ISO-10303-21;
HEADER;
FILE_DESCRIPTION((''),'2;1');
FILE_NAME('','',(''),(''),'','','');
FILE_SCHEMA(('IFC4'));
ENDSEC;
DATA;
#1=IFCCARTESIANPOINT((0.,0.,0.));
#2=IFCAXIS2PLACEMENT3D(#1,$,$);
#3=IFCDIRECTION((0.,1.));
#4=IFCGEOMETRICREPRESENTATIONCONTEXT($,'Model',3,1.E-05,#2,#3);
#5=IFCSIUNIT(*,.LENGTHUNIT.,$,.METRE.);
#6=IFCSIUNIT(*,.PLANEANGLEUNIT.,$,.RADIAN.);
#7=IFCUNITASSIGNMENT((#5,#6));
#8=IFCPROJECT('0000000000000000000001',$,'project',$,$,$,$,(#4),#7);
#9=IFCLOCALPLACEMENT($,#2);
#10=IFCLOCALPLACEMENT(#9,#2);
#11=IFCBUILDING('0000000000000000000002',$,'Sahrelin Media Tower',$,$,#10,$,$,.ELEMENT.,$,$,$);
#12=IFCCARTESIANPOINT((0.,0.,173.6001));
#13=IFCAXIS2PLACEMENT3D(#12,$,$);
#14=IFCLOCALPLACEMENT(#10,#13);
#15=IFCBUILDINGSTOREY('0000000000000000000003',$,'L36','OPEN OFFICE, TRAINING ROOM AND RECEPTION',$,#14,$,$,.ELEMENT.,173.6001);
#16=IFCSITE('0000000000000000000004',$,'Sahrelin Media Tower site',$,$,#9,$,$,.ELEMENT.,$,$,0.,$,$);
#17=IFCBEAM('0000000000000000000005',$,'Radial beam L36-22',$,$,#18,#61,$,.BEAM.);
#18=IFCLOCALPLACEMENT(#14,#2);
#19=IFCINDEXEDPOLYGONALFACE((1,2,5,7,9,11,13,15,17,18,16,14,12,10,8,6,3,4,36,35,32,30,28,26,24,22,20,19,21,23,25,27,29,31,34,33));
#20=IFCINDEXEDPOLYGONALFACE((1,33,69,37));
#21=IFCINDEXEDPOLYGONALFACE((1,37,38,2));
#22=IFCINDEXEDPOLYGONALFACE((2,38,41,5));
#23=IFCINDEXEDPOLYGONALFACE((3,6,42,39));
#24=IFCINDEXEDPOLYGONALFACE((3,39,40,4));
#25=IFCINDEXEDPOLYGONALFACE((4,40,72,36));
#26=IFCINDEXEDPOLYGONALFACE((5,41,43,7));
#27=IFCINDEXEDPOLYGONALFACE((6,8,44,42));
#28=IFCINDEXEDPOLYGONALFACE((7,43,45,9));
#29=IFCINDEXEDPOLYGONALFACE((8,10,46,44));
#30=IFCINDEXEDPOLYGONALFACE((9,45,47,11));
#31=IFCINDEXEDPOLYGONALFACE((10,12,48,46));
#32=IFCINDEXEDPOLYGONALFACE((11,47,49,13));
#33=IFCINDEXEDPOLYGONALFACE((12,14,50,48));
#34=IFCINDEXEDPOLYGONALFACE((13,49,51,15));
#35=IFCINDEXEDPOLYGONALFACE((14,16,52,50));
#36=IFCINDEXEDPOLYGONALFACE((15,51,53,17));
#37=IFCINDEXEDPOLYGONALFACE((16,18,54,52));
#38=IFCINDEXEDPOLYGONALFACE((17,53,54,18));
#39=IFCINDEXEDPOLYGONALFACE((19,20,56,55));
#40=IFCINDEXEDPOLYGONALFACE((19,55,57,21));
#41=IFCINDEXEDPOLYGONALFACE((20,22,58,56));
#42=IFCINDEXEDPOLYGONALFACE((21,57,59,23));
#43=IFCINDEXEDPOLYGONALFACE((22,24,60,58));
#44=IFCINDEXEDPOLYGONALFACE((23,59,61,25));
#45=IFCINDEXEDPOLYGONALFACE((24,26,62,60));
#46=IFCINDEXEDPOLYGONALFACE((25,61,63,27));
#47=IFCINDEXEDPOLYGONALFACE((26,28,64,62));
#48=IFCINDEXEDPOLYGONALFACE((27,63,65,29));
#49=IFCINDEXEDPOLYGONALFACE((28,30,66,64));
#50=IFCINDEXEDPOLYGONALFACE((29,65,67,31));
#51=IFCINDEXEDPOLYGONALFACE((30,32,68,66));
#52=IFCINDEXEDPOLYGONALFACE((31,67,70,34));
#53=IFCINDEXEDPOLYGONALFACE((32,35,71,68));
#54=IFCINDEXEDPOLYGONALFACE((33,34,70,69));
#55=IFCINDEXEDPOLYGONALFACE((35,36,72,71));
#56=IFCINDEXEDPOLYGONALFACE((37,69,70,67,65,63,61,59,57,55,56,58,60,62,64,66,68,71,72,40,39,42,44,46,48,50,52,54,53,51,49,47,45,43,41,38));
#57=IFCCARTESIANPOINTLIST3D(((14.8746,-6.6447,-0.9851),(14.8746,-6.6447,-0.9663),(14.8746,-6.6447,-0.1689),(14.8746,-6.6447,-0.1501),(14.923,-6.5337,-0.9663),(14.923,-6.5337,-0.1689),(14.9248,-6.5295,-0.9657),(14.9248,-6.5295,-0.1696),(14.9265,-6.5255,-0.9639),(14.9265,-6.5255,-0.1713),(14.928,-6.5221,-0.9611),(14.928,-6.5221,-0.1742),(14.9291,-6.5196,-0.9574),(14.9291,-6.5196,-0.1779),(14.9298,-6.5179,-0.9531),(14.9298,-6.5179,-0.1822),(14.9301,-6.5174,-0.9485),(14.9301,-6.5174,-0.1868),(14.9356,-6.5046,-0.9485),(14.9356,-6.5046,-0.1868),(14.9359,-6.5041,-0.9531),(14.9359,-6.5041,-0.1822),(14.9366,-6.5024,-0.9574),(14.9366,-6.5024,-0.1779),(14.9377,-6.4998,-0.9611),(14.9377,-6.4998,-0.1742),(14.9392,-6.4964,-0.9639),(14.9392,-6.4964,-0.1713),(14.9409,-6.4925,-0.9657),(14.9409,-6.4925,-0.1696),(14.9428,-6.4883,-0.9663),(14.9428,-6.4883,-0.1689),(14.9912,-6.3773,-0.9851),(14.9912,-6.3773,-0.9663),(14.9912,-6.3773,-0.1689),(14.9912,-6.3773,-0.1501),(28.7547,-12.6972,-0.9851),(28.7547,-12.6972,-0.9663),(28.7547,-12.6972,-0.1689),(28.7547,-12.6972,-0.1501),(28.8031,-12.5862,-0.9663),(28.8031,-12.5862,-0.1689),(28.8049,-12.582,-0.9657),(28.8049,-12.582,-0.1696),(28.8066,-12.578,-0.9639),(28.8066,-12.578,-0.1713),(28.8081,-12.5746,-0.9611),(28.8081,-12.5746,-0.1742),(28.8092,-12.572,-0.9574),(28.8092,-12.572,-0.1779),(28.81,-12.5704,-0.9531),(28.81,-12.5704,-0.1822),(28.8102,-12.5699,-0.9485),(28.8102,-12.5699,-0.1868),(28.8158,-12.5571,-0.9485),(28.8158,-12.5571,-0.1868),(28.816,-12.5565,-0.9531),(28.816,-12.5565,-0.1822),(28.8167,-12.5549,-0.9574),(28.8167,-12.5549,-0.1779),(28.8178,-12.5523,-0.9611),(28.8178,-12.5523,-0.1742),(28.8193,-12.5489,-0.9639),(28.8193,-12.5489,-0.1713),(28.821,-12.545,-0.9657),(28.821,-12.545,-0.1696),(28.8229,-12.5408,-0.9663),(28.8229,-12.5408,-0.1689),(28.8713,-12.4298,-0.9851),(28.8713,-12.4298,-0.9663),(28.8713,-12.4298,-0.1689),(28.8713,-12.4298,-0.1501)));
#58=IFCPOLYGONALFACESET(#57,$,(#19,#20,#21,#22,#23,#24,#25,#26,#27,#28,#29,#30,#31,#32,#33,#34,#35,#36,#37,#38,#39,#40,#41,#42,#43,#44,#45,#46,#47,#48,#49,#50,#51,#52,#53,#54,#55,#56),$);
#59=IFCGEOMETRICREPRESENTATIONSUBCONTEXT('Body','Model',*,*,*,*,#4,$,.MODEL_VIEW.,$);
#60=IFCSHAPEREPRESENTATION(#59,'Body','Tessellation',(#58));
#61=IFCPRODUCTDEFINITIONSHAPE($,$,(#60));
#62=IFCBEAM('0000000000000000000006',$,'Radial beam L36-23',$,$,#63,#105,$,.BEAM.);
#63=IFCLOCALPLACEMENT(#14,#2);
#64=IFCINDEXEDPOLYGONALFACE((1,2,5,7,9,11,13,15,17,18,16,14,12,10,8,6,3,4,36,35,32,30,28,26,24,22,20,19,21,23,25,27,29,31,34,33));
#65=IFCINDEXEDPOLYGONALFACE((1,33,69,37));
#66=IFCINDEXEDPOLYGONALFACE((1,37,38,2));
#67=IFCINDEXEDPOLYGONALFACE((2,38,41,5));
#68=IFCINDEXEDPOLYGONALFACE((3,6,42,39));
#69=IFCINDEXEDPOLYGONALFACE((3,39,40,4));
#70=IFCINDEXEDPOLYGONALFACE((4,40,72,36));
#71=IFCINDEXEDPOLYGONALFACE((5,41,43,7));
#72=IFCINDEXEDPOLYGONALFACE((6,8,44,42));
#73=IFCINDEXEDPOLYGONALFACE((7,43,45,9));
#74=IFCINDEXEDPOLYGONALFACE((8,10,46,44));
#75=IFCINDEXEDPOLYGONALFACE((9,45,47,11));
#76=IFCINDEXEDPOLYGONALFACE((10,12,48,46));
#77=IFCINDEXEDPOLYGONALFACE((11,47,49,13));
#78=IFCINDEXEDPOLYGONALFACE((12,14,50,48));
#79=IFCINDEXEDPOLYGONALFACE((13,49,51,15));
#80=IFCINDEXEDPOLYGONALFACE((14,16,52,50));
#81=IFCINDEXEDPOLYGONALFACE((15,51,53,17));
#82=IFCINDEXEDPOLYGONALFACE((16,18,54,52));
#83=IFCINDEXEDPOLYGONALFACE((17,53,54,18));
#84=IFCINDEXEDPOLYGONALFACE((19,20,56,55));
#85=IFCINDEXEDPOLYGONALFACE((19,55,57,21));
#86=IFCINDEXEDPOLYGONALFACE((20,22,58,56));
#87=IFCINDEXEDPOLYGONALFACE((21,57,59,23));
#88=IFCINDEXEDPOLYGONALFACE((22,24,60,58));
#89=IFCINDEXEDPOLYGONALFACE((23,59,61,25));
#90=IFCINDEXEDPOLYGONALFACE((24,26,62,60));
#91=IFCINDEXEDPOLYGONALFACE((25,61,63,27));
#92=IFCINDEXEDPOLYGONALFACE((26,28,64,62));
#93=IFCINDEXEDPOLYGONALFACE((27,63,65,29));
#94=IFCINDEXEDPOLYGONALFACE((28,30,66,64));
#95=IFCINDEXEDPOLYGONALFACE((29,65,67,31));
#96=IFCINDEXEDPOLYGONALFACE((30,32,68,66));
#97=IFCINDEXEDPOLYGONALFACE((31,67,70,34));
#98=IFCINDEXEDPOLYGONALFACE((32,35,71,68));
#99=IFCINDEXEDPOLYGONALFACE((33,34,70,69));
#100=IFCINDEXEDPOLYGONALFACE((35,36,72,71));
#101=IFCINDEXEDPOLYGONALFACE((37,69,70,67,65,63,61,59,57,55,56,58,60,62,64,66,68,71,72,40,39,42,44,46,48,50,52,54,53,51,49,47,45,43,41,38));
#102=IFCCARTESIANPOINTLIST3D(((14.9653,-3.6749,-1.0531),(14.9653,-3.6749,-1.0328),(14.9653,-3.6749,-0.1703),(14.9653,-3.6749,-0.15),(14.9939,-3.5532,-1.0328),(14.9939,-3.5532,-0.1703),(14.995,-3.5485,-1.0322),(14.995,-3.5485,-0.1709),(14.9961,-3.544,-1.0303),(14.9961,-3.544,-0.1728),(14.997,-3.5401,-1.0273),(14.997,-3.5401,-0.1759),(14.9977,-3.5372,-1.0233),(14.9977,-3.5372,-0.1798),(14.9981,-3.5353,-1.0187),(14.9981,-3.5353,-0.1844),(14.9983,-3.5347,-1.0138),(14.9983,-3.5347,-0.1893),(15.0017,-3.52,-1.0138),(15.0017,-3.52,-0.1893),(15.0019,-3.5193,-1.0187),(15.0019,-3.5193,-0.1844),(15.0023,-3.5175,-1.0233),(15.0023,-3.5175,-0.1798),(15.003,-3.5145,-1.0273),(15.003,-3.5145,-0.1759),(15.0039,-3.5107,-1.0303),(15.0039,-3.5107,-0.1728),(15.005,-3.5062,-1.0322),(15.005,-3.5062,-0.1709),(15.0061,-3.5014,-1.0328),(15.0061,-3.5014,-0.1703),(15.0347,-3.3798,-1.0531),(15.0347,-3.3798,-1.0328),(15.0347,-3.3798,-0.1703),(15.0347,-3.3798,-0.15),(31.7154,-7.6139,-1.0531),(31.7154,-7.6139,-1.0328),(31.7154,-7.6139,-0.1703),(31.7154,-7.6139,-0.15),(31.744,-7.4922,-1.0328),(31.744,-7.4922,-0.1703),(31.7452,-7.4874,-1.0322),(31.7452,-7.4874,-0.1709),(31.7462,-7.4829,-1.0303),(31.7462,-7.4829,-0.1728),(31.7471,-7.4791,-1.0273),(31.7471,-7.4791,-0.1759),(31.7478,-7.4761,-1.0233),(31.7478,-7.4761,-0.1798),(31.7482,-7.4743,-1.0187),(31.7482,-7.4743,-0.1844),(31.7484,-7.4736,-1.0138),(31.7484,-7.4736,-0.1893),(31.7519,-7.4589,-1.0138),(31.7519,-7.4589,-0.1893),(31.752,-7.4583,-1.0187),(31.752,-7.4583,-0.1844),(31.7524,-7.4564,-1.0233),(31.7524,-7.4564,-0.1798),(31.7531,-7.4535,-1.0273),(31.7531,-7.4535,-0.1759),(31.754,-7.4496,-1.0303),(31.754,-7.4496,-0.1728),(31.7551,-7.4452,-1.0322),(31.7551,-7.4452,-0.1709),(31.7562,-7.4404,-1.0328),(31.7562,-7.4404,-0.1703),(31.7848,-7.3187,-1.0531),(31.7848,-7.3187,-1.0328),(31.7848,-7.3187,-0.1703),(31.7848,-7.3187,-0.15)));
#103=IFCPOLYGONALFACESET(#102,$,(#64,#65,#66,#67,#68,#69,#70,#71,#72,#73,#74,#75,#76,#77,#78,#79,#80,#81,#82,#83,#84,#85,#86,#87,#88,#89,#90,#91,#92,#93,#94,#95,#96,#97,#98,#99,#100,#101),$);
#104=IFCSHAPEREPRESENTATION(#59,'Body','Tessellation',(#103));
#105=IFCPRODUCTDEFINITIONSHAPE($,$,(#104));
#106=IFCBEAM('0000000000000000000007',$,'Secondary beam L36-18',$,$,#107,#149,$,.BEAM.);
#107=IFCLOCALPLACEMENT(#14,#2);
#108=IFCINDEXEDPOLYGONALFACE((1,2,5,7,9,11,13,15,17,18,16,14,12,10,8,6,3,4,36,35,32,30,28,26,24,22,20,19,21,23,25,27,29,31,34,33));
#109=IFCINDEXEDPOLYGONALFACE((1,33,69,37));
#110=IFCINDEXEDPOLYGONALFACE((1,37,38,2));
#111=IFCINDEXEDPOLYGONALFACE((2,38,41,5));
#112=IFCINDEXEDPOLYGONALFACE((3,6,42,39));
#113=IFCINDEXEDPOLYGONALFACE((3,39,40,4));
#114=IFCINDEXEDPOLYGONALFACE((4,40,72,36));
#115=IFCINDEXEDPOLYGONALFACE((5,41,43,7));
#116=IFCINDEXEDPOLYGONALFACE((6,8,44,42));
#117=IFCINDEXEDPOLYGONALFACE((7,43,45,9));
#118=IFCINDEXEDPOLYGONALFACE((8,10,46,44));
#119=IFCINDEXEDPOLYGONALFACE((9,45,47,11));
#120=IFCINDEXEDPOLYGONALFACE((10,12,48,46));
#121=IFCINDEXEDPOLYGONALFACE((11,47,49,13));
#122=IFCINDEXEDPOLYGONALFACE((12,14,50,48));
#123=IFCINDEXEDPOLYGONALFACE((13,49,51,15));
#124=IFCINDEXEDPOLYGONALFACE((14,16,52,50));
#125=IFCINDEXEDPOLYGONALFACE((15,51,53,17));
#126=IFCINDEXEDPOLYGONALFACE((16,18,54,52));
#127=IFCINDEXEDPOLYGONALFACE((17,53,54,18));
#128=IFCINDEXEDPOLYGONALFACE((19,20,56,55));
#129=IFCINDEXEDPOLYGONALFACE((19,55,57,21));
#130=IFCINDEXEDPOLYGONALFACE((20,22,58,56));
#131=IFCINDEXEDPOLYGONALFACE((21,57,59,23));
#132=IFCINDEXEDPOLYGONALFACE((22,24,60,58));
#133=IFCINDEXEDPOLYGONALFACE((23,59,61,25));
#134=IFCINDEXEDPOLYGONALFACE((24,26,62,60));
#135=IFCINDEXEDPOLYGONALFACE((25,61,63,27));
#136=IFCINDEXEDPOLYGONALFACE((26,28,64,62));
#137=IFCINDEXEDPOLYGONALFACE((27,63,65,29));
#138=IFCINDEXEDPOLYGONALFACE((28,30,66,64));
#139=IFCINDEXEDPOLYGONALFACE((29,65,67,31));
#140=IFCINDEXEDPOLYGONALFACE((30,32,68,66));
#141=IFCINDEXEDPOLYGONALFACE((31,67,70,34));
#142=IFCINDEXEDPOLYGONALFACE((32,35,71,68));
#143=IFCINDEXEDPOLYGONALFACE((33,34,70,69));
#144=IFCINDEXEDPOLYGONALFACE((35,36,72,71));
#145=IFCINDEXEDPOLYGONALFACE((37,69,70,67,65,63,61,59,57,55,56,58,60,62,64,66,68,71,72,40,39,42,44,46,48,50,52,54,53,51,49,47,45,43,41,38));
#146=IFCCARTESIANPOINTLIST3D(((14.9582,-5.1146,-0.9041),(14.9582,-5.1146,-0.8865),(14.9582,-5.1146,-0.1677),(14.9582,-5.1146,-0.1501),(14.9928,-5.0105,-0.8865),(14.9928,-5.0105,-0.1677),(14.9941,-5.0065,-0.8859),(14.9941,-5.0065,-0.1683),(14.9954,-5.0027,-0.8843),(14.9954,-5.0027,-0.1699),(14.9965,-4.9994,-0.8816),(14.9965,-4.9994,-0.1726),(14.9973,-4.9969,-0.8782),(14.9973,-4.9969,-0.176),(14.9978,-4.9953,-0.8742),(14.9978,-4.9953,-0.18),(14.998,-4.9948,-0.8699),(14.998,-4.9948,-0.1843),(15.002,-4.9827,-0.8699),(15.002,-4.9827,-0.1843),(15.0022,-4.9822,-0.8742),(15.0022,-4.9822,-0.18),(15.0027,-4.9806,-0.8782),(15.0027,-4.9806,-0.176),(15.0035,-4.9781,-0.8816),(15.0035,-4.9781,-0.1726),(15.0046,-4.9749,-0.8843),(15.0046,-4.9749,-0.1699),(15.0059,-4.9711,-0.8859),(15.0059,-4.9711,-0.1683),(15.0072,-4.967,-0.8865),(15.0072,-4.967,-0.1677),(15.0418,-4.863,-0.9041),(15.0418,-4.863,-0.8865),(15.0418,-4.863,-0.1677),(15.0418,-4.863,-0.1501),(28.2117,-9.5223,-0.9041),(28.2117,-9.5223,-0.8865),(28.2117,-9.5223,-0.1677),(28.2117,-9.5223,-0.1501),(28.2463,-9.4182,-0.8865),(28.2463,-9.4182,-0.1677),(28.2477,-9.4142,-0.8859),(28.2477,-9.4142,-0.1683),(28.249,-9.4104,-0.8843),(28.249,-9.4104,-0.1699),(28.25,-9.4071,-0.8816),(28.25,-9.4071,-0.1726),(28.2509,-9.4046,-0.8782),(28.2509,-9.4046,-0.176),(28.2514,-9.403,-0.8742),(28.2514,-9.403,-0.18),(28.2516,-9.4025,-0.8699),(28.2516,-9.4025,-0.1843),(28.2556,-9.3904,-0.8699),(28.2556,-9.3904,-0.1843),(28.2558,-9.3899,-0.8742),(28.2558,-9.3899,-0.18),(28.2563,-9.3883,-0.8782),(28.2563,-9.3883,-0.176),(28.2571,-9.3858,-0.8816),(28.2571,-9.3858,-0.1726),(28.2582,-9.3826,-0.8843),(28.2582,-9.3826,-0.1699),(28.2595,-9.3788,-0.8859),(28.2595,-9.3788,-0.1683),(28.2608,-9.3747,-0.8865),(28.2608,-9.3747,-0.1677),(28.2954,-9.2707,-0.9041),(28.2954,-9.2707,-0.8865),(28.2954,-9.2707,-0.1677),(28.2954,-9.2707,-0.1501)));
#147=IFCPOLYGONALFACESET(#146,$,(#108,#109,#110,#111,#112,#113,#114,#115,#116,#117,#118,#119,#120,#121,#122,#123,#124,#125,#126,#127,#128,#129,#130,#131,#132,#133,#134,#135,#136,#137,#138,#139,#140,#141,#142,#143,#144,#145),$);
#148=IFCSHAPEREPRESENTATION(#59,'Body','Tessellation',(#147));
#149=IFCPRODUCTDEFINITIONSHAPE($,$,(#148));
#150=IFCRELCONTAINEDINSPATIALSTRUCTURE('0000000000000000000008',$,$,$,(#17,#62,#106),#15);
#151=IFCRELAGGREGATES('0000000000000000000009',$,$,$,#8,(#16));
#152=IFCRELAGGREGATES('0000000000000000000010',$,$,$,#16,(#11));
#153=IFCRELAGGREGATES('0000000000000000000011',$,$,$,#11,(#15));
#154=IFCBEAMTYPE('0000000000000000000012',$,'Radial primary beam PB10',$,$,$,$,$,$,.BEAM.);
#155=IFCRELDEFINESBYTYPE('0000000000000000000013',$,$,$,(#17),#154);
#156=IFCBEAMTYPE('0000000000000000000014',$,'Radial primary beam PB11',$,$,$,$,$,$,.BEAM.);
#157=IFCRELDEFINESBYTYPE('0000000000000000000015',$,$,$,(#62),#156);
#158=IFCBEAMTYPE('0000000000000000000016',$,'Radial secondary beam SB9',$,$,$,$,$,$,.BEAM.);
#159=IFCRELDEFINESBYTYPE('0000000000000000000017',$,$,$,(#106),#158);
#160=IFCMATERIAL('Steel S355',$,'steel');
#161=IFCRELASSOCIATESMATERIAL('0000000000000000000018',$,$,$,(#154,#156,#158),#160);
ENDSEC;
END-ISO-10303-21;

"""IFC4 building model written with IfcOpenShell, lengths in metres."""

from ifc_helpers import new_model, si_unit, direction, frame, origin, origin_2d, place, context, subcontext, project, spatial, i_section, extrude, material, material_profile, profile_set, type_object, element, save


model = new_model("IFC4")

# Units and contexts
model_context = context("Model", 3, precision=1e-05, world=origin(), true_north=direction((0.0, 1.0)))
body_context = subcontext(model_context, "Body", "Model", "MODEL_VIEW")
ifc_project = project(units=[si_unit("LENGTHUNIT", "METRE"), si_unit("PLANEANGLEUNIT", "RADIAN")], contexts=[model_context])

# Site, building, storey
site_placement = place(None, origin())
site = spatial("IfcSite", under=ifc_project, at=site_placement, Name="Sahrelin Media Tower site", CompositionType="ELEMENT", RefElevation=0.0)
building_placement = place(site_placement, origin())
building = spatial("IfcBuilding", under=site, at=building_placement, Name="Sahrelin Media Tower", CompositionType="ELEMENT")
storey_placement = place(building_placement, frame((0.0, 0.0, 173.6001)))
storey = spatial("IfcBuildingStorey", under=building, at=storey_placement, Name="L36", Description="OPEN OFFICE, TRAINING ROOM AND RECEPTION", CompositionType="ELEMENT", Elevation=173.6001)

# Beams
ifc_material_1 = material(Name="Steel S355", Category="steel")
ifc_material_profile_1 = material_profile(ifc_material_1, i_section(OverallWidth=0.2917, OverallDepth=0.835, WebThickness=0.0139, FlangeThickness=0.0188, FilletRadius=0.0178, at=origin_2d()), Name="UB 838x292x176")
ifc_profile_set_1 = profile_set([ifc_material_profile_1], Name="Steel S355")
beam_type_1 = type_object("IfcBeamType", Name="Radial primary beam PB10", PredefinedType="BEAM", material=ifc_profile_set_1)
beam_1_placement = place(storey_placement, frame((14.9329, -6.511, -0.5676), z_axis=(0.916643, -0.399706, 0.0), x_axis=(0.399706, 0.916643, 0.0)))
element("IfcBeam", 1, at=beam_1_placement, inside=storey, type_object=beam_type_1, Name="Radial beam L36-22", PredefinedType="BEAM", context=body_context, shape_type="SweptSolid", body=[
    extrude(i_section(OverallWidth=0.2917, OverallDepth=0.835, WebThickness=0.0139, FlangeThickness=0.0188, FilletRadius=0.0178, at=origin_2d()), origin(), (0.0, 0.0, 1.0), 15.1423),
])
ifc_material_profile_2 = material_profile(ifc_material_1, i_section(OverallWidth=0.3032, OverallDepth=0.9031, WebThickness=0.0151, FlangeThickness=0.0203, FilletRadius=0.019, at=origin_2d()), Name="UB 914x305x201")
ifc_profile_set_2 = profile_set([ifc_material_profile_2], Name="Steel S355")
beam_type_2 = type_object("IfcBeamType", Name="Radial primary beam PB11", PredefinedType="BEAM", material=ifc_profile_set_2)
beam_2_placement = place(storey_placement, frame((15.0, -3.5273, -0.6016), z_axis=(0.973447, -0.228914, 0.0), x_axis=(0.228914, 0.973447, 0.0)))
element("IfcBeam", 2, at=beam_2_placement, inside=storey, type_object=beam_type_2, Name="Radial beam L36-23", PredefinedType="BEAM", context=body_context, shape_type="SweptSolid", body=[
    extrude(i_section(OverallWidth=0.3032, OverallDepth=0.9031, WebThickness=0.0151, FlangeThickness=0.0203, FilletRadius=0.019, at=origin_2d()), origin(), (0.0, 0.0, 1.0), 17.207),
])
ifc_material_profile_3 = material_profile(ifc_material_1, i_section(OverallWidth=0.2651, OverallDepth=0.7539, WebThickness=0.0127, FlangeThickness=0.0176, FilletRadius=0.0166, at=origin_2d()), Name="UB 762x267x147")
ifc_profile_set_3 = profile_set([ifc_material_profile_3], Name="Steel S355")
beam_type_3 = type_object("IfcBeamType", Name="Radial secondary beam SB9", PredefinedType="BEAM", material=ifc_profile_set_3)
beam_3_placement = place(storey_placement, frame((15.0, -4.9888, -0.5271), z_axis=(0.948902, -0.315572, 0.0), x_axis=(0.315572, 0.948902, 0.0)))
element("IfcBeam", 3, at=beam_3_placement, inside=storey, type_object=beam_type_3, Name="Secondary beam L36-18", PredefinedType="BEAM", context=body_context, shape_type="SweptSolid", body=[
    extrude(i_section(OverallWidth=0.2651, OverallDepth=0.7539, WebThickness=0.0127, FlangeThickness=0.0176, FilletRadius=0.0166, at=origin_2d()), origin(), (0.0, 0.0, 1.0), 13.9673),
])

save(model, "model.ifc")
